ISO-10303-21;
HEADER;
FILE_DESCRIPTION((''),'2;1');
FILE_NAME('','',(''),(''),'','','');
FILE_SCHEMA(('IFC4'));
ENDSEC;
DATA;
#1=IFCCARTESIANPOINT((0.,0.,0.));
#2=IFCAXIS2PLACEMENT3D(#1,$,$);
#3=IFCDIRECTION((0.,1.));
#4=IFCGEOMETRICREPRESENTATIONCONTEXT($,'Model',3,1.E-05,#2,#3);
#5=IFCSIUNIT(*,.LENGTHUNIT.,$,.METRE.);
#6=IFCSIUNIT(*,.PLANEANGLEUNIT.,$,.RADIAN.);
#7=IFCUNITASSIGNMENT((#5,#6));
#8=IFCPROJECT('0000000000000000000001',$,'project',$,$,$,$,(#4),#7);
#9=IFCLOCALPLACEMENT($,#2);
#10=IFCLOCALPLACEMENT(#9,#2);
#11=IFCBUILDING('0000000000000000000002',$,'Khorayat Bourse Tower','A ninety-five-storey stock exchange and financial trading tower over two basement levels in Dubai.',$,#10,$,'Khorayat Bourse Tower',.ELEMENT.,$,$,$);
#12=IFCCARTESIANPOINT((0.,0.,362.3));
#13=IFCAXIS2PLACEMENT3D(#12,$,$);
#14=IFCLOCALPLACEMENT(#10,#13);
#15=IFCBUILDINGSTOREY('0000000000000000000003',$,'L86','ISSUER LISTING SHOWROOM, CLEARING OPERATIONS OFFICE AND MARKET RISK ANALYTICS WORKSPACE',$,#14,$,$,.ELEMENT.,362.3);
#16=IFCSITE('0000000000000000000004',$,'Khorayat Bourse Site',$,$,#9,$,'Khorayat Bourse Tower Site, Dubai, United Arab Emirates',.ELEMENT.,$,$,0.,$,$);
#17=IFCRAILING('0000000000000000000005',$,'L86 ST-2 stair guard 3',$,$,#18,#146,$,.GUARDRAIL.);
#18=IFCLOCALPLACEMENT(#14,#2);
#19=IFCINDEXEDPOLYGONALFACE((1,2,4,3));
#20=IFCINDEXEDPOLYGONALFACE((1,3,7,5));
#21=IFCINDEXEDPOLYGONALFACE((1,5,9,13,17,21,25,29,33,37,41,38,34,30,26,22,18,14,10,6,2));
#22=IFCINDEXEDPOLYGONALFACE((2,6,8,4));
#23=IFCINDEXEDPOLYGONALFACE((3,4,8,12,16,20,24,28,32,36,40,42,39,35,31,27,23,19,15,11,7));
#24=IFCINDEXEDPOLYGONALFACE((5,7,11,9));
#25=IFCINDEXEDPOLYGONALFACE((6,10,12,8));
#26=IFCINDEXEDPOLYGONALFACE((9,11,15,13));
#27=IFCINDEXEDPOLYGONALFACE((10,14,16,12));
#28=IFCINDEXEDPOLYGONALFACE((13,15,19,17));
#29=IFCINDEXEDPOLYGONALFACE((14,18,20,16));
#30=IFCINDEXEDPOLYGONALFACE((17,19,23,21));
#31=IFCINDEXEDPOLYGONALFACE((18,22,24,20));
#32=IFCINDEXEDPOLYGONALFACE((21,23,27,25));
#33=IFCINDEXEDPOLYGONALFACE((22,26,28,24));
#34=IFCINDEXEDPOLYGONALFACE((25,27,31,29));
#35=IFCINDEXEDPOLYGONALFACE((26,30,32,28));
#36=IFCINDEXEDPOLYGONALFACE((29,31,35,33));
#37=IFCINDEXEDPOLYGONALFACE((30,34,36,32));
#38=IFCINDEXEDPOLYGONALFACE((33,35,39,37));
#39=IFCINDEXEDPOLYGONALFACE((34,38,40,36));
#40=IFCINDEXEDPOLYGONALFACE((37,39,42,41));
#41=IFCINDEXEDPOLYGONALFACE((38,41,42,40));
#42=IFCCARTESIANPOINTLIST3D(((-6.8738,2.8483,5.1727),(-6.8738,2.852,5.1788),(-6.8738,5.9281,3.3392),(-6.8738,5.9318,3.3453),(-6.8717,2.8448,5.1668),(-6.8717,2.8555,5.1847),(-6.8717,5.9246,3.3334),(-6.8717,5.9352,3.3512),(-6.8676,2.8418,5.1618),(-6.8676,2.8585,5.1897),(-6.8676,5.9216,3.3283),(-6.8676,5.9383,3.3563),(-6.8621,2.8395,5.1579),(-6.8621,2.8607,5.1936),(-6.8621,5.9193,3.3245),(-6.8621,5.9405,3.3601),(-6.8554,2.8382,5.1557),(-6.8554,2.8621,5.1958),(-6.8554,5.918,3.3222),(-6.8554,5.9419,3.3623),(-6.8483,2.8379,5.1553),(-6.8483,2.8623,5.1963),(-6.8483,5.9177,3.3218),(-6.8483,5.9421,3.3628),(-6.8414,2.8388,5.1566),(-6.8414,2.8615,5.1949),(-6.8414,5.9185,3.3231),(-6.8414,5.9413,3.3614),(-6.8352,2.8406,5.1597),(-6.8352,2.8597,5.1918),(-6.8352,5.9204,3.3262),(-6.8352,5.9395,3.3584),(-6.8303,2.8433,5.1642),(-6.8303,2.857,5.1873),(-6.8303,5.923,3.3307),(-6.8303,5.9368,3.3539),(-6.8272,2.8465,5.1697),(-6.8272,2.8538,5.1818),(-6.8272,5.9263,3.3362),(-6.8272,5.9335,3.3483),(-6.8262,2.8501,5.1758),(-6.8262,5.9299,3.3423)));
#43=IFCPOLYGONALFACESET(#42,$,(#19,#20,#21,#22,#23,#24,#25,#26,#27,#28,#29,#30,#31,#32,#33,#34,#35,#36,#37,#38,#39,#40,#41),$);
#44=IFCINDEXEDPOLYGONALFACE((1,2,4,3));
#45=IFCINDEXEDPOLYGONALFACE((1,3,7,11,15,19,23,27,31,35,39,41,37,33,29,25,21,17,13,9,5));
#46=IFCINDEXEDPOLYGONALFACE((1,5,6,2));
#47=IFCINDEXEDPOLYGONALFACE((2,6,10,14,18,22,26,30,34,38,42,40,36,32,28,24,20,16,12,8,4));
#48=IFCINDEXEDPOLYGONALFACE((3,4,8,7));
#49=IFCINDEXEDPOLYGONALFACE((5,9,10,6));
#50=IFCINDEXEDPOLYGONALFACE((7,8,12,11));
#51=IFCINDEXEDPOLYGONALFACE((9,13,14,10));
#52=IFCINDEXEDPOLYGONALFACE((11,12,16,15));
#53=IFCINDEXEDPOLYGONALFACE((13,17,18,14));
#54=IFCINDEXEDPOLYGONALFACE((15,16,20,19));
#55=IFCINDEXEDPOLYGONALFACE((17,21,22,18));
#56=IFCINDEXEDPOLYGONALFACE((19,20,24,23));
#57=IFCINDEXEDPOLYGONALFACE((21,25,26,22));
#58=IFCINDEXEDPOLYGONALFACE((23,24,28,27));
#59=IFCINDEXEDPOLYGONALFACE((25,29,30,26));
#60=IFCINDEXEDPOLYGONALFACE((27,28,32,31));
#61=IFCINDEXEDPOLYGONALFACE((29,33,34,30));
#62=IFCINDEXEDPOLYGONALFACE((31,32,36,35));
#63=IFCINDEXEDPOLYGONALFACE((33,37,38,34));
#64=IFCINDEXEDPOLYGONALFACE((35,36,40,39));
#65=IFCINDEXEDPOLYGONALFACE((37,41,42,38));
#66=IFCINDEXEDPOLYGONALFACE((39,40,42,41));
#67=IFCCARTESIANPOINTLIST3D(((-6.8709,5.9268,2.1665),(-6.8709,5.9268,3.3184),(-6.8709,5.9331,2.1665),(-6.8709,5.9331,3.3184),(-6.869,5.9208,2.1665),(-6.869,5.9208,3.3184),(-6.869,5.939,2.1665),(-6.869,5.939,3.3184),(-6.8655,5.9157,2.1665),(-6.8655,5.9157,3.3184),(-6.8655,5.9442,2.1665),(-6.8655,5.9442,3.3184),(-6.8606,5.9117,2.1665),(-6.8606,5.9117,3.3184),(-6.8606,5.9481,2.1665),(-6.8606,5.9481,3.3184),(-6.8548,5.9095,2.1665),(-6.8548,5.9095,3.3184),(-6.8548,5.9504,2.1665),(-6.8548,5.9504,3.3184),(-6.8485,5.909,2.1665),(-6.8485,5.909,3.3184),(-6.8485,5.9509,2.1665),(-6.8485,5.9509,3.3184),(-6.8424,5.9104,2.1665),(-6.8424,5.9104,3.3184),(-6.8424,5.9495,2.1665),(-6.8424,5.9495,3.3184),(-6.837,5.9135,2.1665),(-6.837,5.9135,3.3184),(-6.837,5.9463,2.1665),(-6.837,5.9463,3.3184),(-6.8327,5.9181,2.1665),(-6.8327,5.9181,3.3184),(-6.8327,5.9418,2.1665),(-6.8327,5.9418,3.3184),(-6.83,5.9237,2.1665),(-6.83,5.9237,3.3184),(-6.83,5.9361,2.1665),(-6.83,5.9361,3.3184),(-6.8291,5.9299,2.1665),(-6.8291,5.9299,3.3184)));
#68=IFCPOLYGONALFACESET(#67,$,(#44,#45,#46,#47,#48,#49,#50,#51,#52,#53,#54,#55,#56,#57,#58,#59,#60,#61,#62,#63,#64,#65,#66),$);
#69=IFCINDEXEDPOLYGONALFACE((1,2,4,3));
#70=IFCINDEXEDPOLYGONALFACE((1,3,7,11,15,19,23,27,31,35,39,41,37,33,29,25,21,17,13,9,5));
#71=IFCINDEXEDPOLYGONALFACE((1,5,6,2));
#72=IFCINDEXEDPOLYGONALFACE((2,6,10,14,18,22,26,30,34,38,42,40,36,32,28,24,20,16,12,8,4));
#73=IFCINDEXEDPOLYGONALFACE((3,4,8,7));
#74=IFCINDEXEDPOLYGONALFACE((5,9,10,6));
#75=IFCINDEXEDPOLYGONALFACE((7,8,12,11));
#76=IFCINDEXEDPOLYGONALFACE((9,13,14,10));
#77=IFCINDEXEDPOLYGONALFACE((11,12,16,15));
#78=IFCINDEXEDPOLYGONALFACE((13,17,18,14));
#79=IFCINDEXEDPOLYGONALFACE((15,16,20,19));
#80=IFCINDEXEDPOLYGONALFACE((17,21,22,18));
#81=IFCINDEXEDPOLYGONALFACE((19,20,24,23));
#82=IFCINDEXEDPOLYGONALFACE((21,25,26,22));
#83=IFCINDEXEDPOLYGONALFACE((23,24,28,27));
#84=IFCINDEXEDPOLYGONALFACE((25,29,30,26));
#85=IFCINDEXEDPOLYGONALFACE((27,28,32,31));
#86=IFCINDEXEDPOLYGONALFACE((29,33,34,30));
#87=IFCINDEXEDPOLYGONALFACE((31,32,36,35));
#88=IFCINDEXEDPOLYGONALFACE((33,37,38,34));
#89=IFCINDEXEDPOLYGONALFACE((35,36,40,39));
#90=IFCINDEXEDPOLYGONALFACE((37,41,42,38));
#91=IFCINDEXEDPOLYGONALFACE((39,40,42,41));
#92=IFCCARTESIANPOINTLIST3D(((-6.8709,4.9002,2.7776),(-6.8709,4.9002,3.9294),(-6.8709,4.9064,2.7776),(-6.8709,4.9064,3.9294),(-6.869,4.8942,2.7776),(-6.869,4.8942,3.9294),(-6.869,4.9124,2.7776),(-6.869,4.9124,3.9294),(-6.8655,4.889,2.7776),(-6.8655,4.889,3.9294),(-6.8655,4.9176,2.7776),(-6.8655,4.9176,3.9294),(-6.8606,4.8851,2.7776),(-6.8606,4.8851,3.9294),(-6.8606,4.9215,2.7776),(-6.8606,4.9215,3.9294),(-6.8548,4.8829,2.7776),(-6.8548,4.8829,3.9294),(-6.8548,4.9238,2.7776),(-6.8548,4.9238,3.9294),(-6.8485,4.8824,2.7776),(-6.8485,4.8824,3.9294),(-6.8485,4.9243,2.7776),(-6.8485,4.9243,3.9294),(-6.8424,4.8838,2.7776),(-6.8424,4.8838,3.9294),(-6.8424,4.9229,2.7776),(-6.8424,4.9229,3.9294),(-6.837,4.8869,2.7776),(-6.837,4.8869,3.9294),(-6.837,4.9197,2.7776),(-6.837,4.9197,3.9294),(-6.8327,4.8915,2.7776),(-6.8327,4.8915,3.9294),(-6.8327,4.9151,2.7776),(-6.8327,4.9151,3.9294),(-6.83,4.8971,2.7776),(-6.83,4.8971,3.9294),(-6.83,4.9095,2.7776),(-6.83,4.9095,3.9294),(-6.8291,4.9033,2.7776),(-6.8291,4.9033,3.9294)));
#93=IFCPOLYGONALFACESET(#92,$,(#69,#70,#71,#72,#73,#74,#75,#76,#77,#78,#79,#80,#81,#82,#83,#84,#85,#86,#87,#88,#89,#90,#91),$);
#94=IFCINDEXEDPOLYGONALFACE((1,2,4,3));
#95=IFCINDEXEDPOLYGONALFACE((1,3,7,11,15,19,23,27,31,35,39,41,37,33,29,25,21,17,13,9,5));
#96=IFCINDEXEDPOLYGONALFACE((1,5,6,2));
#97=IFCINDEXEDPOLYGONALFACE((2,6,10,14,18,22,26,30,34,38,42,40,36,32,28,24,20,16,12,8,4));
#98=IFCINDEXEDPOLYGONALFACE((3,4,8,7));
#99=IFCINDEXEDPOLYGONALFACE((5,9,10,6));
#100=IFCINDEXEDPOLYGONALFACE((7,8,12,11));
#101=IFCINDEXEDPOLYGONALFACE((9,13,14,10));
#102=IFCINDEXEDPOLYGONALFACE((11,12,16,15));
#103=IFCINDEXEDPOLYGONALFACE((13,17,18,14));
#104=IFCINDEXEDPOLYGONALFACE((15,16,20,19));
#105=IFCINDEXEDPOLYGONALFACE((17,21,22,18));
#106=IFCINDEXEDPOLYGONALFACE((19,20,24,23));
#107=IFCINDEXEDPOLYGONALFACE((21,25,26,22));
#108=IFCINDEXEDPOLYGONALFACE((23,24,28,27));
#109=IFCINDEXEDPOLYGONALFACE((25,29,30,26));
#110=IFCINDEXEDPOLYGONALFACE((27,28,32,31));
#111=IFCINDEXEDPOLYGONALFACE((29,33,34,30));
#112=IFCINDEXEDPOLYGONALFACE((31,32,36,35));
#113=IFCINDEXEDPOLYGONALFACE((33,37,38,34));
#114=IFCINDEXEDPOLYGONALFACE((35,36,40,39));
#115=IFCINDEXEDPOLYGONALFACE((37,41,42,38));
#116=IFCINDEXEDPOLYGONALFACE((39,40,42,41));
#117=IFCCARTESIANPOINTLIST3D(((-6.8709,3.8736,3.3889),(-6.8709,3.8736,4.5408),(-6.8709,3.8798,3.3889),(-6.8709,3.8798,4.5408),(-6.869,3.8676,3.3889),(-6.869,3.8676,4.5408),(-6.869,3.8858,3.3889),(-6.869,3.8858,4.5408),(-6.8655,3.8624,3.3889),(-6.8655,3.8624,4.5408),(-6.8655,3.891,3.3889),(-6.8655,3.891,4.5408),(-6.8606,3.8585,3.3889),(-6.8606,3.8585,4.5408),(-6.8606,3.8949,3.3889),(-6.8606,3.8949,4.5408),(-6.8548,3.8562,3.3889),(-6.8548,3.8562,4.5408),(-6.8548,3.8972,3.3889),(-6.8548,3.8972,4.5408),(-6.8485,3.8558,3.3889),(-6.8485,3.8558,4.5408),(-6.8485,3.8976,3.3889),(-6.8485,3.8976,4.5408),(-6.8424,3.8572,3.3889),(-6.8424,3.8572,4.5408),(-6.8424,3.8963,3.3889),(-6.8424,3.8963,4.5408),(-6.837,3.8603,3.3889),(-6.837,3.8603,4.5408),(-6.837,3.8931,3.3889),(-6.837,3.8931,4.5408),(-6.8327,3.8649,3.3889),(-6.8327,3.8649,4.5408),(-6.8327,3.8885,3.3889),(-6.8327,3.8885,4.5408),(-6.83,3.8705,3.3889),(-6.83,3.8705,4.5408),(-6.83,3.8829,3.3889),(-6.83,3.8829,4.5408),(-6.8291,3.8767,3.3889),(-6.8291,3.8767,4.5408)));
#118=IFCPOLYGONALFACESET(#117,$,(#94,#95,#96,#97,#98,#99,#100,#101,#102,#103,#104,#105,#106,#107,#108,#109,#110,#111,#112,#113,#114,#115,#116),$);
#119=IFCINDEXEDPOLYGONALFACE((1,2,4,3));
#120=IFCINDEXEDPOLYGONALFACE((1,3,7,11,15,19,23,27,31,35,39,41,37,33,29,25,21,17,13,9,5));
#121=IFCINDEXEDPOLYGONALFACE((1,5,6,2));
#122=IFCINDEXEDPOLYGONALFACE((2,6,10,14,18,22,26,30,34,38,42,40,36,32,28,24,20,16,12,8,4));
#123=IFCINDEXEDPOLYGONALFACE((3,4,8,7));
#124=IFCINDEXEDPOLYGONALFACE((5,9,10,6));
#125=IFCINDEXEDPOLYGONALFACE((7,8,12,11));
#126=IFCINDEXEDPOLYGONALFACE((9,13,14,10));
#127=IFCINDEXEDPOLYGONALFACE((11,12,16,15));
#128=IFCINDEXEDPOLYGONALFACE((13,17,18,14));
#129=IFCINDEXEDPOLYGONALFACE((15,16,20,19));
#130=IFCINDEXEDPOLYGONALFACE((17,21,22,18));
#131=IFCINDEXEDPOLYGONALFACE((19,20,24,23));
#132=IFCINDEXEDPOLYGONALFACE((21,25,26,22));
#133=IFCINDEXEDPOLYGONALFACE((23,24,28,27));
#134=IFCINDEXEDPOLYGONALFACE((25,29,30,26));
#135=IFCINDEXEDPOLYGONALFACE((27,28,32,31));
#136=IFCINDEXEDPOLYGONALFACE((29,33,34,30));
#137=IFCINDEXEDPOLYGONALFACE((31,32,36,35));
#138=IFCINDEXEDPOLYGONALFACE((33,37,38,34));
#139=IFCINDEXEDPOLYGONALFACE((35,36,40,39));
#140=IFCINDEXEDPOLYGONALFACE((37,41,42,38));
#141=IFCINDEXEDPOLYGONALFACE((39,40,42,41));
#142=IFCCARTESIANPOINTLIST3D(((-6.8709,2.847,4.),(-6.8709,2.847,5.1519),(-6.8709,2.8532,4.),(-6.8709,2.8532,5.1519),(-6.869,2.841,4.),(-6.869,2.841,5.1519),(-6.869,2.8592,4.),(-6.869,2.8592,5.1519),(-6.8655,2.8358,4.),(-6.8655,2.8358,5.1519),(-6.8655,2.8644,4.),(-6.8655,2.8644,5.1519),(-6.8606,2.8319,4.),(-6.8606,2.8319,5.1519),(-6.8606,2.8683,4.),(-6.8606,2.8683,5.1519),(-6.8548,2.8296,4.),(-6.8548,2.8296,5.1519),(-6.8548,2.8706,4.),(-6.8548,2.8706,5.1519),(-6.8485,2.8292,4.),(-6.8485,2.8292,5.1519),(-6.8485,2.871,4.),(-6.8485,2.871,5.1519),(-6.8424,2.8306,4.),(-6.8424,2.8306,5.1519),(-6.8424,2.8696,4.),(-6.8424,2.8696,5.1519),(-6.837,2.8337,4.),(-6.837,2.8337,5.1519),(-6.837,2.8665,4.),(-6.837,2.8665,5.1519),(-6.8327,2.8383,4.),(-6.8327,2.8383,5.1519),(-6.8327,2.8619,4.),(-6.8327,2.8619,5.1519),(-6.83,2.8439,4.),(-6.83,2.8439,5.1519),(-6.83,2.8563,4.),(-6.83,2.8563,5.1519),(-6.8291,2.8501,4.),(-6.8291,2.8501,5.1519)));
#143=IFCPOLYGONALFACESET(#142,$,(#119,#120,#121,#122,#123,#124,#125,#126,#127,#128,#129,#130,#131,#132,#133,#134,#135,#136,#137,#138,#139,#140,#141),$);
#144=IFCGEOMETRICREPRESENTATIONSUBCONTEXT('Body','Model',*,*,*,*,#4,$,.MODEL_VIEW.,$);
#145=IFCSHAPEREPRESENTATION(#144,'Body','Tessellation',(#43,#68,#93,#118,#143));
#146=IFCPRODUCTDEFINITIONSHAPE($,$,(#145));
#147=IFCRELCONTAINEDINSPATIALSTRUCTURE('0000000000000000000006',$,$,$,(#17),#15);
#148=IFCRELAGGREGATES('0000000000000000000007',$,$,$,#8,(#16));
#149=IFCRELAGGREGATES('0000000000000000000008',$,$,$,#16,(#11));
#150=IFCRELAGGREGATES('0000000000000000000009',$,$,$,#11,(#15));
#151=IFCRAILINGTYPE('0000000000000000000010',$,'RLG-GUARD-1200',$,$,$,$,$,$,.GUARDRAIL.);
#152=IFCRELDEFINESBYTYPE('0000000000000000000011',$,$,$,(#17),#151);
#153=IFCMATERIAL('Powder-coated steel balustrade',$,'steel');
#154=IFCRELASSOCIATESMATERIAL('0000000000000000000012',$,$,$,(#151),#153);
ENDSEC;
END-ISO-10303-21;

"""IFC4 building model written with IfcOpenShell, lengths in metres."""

from ifc_helpers import new_model, si_unit, direction, frame, origin, origin_2d, place, context, subcontext, project, spatial, circle, extrude, source, transform, mapped, material, type_object, element, save


model = new_model("IFC4")

# Units and contexts
model_context = context("Model", 3, precision=1e-05, world=origin(), true_north=direction((0.0, 1.0)))
body_context = subcontext(model_context, "Body", "Model", "MODEL_VIEW")
ifc_project = project(units=[si_unit("LENGTHUNIT", "METRE"), si_unit("PLANEANGLEUNIT", "RADIAN")], contexts=[model_context])

# Site, building, storey
site_placement = place(None, origin())
site = spatial("IfcSite", under=ifc_project, at=site_placement, Name="Khorayat Bourse Site", LongName="Khorayat Bourse Tower Site, Dubai, United Arab Emirates", CompositionType="ELEMENT", RefElevation=0.0)
building_placement = place(site_placement, origin())
building = spatial("IfcBuilding", under=site, at=building_placement, Name="Khorayat Bourse Tower", Description="A ninety-five-storey stock exchange and financial trading tower over two basement levels in Dubai.", LongName="Khorayat Bourse Tower", CompositionType="ELEMENT")
storey_placement = place(building_placement, frame((0.0, 0.0, 362.3)))
storey = spatial("IfcBuildingStorey", under=building, at=storey_placement, Name="L86", Description="ISSUER LISTING SHOWROOM, CLEARING OPERATIONS OFFICE AND MARKET RISK ANALYTICS WORKSPACE", CompositionType="ELEMENT", Elevation=362.3)

# Railing
ifc_material_1 = material(Name="Powder-coated steel balustrade", Category="steel")
railing_type_1 = type_object("IfcRailingType", Name="RLG-GUARD-1200", PredefinedType="GUARDRAIL", material=ifc_material_1)
shared_shape_1 = source(origin(), body_context, "Body", "SweptSolid", [
    extrude(circle(Radius=0.0239, at=origin_2d()), frame((0.0, 0.0, 1.1758), z_axis=(0.0, -0.859261, 0.511538), x_axis=(1.0, 0.0, 0.0)), (0.0, 0.0, 1.0), 3.5842),
    extrude(circle(Radius=0.021, at=origin_2d()), origin(), (0.0, 0.0, 1.0), 1.1519),
    extrude(circle(Radius=0.021, at=origin_2d()), frame((0.0, -1.0266, 0.6111)), (0.0, 0.0, 1.0), 1.1519),
    extrude(circle(Radius=0.021, at=origin_2d()), frame((0.0, -2.0532, 1.2224)), (0.0, 0.0, 1.0), 1.1519),
    extrude(circle(Radius=0.021, at=origin_2d()), frame((0.0, -3.0798, 1.8335)), (0.0, 0.0, 1.0), 1.1519),
])
railing_1_placement = place(storey_placement, frame((-6.8501, 5.9299, 2.1665)))
element("IfcRailing", 1, at=railing_1_placement, inside=storey, type_object=railing_type_1, Name="L86 ST-2 stair guard 3", PredefinedType="GUARDRAIL", context=body_context, shape_type="MappedRepresentation", body=[
    mapped(shared_shape_1, transform((0.0, 0.0, 0.0), scale=1.0)),
])

save(model, "model.ifc")
